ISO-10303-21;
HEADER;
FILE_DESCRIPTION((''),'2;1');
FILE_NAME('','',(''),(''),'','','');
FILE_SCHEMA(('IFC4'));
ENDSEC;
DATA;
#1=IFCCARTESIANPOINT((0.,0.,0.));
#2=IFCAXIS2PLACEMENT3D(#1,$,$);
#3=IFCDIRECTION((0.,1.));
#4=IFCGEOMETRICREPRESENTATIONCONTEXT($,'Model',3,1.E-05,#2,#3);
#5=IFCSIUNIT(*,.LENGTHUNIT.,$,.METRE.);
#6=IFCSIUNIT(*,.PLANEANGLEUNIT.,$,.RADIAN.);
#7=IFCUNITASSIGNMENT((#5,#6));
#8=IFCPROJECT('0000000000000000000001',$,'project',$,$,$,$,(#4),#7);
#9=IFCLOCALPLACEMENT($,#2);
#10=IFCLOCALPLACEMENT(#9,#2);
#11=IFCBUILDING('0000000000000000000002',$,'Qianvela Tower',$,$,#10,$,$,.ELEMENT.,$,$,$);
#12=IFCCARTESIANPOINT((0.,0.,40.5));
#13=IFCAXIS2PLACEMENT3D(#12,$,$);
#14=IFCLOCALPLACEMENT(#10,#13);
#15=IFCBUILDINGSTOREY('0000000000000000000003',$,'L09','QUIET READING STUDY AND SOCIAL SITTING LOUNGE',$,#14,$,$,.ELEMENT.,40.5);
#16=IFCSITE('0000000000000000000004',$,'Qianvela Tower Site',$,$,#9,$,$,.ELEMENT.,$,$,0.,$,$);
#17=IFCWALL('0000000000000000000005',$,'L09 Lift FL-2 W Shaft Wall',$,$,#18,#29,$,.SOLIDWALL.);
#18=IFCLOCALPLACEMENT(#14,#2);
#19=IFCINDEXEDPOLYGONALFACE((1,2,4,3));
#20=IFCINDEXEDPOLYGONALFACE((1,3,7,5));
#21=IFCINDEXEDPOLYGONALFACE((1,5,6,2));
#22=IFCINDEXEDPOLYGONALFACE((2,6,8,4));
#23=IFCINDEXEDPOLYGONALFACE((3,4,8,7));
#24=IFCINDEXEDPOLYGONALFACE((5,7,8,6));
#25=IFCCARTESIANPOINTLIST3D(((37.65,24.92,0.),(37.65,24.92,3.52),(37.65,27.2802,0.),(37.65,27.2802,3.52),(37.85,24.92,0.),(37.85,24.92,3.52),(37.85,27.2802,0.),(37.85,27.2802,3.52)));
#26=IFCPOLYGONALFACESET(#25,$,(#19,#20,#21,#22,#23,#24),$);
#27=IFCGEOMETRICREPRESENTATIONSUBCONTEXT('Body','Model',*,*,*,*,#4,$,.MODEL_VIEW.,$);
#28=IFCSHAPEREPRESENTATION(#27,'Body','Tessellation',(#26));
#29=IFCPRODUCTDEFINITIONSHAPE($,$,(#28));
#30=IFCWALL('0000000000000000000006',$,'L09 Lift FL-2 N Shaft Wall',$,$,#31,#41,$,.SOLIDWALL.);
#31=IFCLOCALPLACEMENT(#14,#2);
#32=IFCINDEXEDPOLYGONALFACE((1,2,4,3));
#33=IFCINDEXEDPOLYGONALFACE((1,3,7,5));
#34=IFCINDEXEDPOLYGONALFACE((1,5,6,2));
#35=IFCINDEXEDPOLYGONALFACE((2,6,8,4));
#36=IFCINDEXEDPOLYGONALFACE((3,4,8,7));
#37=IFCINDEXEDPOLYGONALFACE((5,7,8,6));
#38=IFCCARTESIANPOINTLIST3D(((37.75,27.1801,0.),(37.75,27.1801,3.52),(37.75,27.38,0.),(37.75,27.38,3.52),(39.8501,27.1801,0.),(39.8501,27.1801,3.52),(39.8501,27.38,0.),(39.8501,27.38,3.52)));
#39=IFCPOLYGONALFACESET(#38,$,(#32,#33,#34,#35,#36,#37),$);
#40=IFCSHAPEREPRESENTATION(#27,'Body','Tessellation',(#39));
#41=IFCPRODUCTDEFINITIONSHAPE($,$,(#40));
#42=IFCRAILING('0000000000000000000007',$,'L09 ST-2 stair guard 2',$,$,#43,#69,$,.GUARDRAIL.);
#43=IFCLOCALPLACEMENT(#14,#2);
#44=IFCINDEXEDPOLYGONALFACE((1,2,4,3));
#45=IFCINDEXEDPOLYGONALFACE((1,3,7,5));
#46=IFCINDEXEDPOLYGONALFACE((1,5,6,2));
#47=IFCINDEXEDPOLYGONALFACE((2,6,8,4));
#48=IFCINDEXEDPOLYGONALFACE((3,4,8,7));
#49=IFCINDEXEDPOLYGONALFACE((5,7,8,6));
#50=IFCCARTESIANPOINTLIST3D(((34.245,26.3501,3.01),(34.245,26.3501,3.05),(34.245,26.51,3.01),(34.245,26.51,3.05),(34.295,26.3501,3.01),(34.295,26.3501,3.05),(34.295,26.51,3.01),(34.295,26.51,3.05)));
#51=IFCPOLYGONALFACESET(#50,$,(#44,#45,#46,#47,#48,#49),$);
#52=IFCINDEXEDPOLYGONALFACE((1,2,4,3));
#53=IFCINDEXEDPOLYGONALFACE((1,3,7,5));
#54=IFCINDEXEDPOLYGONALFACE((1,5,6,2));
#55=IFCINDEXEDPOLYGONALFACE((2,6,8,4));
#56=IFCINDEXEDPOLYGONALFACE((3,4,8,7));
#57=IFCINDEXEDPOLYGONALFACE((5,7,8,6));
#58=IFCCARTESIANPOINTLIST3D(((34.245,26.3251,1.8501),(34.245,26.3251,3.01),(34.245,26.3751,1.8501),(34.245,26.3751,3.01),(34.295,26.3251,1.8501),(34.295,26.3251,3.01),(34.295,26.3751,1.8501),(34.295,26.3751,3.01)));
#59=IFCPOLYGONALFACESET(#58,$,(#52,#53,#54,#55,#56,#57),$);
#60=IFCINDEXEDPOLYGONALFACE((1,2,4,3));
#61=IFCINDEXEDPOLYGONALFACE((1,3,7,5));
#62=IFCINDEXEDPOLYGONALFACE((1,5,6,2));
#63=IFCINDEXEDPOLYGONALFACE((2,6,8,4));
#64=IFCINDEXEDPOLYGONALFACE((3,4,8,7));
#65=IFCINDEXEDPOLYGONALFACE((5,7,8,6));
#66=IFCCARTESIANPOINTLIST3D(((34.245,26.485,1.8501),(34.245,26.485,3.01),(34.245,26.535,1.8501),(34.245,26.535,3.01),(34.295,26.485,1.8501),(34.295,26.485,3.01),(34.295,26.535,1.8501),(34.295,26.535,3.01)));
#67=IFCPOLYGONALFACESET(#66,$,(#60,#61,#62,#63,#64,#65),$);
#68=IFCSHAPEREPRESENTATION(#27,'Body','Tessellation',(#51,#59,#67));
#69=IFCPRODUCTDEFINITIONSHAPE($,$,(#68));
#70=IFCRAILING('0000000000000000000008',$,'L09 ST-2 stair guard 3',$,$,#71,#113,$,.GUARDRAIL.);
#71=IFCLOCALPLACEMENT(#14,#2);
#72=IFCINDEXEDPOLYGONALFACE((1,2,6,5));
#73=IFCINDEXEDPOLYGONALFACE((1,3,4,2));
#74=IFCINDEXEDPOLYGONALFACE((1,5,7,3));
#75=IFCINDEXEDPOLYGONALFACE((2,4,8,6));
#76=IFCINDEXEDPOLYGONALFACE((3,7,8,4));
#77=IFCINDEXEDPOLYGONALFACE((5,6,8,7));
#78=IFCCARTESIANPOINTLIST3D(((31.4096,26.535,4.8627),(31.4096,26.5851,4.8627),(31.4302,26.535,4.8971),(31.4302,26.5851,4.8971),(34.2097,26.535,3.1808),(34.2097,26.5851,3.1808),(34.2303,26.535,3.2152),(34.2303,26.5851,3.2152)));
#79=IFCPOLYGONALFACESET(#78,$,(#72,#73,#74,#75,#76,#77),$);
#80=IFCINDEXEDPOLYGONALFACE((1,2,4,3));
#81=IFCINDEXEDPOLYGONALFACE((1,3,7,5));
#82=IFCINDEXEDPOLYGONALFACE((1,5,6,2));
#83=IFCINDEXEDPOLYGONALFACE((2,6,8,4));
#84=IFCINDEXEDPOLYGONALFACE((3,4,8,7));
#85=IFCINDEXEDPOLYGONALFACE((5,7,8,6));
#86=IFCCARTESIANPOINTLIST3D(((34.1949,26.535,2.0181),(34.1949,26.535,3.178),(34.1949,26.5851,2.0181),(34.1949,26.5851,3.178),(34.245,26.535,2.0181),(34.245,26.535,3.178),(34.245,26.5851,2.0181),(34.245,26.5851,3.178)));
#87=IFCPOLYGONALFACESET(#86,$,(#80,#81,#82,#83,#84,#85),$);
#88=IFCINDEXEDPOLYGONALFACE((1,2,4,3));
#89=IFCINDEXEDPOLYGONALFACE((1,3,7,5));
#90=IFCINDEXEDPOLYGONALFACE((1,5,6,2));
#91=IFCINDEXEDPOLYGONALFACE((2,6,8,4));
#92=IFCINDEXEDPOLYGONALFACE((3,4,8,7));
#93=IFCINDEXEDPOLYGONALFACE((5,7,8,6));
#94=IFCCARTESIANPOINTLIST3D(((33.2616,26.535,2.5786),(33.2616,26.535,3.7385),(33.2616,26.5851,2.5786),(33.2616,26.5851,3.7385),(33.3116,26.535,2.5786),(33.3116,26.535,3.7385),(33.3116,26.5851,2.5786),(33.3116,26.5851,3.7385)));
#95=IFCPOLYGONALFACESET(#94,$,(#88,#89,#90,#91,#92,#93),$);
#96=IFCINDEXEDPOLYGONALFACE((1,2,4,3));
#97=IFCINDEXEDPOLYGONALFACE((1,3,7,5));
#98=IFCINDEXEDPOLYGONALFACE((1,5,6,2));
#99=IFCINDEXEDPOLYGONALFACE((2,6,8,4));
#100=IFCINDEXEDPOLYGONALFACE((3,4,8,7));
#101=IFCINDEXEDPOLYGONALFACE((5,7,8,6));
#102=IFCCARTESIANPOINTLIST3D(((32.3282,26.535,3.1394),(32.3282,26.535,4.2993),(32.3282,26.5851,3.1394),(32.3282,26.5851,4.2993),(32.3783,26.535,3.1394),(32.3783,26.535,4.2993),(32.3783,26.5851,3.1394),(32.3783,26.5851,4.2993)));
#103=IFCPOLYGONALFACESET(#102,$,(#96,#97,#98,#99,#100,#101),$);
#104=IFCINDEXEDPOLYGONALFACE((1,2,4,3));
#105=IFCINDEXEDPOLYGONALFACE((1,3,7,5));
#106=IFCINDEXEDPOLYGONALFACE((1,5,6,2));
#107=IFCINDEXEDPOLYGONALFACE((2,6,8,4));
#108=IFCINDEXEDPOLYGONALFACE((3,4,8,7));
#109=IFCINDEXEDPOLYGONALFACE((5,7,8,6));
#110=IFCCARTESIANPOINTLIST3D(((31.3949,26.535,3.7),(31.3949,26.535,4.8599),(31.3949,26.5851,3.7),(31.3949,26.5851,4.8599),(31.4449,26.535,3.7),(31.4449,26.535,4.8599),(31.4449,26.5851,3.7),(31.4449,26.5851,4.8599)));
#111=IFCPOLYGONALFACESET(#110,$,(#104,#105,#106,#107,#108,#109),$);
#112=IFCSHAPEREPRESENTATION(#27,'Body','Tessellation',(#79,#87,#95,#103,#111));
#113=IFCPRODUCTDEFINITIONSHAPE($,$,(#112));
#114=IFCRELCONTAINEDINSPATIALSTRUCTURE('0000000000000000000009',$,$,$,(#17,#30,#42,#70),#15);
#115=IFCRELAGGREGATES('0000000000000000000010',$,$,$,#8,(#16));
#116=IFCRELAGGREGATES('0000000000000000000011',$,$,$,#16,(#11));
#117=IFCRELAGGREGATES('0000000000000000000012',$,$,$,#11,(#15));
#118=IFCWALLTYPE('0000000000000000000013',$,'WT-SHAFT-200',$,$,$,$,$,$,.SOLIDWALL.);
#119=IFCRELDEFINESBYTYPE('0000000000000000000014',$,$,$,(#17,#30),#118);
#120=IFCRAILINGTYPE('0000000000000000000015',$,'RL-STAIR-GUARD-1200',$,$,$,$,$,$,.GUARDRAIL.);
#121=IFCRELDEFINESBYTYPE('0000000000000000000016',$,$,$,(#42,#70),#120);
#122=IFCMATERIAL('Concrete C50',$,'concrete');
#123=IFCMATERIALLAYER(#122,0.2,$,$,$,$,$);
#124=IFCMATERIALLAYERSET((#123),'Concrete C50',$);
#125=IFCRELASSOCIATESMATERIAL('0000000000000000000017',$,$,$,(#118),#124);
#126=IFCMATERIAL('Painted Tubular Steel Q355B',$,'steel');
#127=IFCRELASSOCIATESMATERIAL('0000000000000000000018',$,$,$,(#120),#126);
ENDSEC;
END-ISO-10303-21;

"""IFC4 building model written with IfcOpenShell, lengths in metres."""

from ifc_helpers import new_model, si_unit, direction, frame, frame_2d, origin, origin_2d, place, context, subcontext, project, spatial, rectangle, extrude, material, layer, layer_set, type_object, element, save


model = new_model("IFC4")

# Units and contexts
model_context = context("Model", 3, precision=1e-05, world=origin(), true_north=direction((0.0, 1.0)))
body_context = subcontext(model_context, "Body", "Model", "MODEL_VIEW")
ifc_project = project(units=[si_unit("LENGTHUNIT", "METRE"), si_unit("PLANEANGLEUNIT", "RADIAN")], contexts=[model_context])

# Site, building, storey
site_placement = place(None, origin())
site = spatial("IfcSite", under=ifc_project, at=site_placement, Name="Qianvela Tower Site", CompositionType="ELEMENT", RefElevation=0.0)
building_placement = place(site_placement, origin())
building = spatial("IfcBuilding", under=site, at=building_placement, Name="Qianvela Tower", CompositionType="ELEMENT")
storey_placement = place(building_placement, frame((0.0, 0.0, 40.5)))
storey = spatial("IfcBuildingStorey", under=building, at=storey_placement, Name="L09", Description="QUIET READING STUDY AND SOCIAL SITTING LOUNGE", CompositionType="ELEMENT", Elevation=40.5)

# Shared definitions
ifc_material_1 = material(Name="Concrete C50", Category="concrete")
ifc_layer_1 = layer(ifc_material_1, 0.2)
ifc_layer_set_1 = layer_set([ifc_layer_1], Name="Concrete C50")
wall_type_1 = type_object("IfcWallType", Name="WT-SHAFT-200", PredefinedType="SOLIDWALL", material=ifc_layer_set_1)

# Walls
wall_1_placement = place(storey_placement, frame((37.75, 24.9199, 0.0), z_axis=(0.0, 0.0, 1.0), x_axis=(0.0, 1.0, 0.0)))
element("IfcWall", 1, at=wall_1_placement, inside=storey, type_object=wall_type_1, Name="L09 Lift FL-2 W Shaft Wall", PredefinedType="SOLIDWALL", context=body_context, shape_type="SweptSolid", body=[
    extrude(rectangle(XDim=2.3601, YDim=0.2, at=frame_2d((1.1802, 0.0))), origin(), (0.0, 0.0, 1.0), 3.52),
])
wall_2_placement = place(storey_placement, frame((37.75, 27.28, 0.0), z_axis=(0.0, 0.0, 1.0), x_axis=(1.0, 0.0, 0.0)))
element("IfcWall", 2, at=wall_2_placement, inside=storey, type_object=wall_type_1, Name="L09 Lift FL-2 N Shaft Wall", PredefinedType="SOLIDWALL", context=body_context, shape_type="SweptSolid", body=[
    extrude(rectangle(XDim=2.1001, YDim=0.2, at=frame_2d((1.05, 0.0))), origin(), (0.0, 0.0, 1.0), 3.52),
])

# Railings
ifc_material_2 = material(Name="Painted Tubular Steel Q355B", Category="steel")
railing_type = type_object("IfcRailingType", Name="RL-STAIR-GUARD-1200", PredefinedType="GUARDRAIL", material=ifc_material_2)
railing_1_placement = place(storey_placement, frame((34.27, 26.3501, 1.8501)))
element("IfcRailing", 3, at=railing_1_placement, inside=storey, type_object=railing_type, Name="L09 ST-2 stair guard 2", PredefinedType="GUARDRAIL", context=body_context, shape_type="SweptSolid", body=[
    extrude(rectangle(XDim=0.05, YDim=0.04, at=origin_2d()), frame((0.0, 0.0, 1.1799), z_axis=(0.0, 1.0, 0.0), x_axis=(-1.0, 0.0, 0.0)), (0.0, 0.0, 1.0), 0.1599),
    extrude(rectangle(XDim=0.05, YDim=0.05, at=origin_2d()), origin(), (0.0, 0.0, 1.0), 1.1599),
    extrude(rectangle(XDim=0.05, YDim=0.05, at=origin_2d()), frame((0.0, 0.1599, 0.0)), (0.0, 0.0, 1.0), 1.1599),
])
railing_2_placement = place(storey_placement, frame((34.22, 26.5601, 2.0181)))
element("IfcRailing", 4, at=railing_2_placement, inside=storey, type_object=railing_type, Name="L09 ST-2 stair guard 3", PredefinedType="GUARDRAIL", context=body_context, shape_type="SweptSolid", body=[
    extrude(rectangle(XDim=0.05, YDim=0.04, at=origin_2d()), frame((0.0, 0.0, 1.1799), z_axis=(-0.857242, 0.0, 0.514913), x_axis=(0.0, -1.0, 0.0)), (0.0, 0.0, 1.0), 3.2664),
    extrude(rectangle(XDim=0.05, YDim=0.05, at=origin_2d()), origin(), (0.0, 0.0, 1.0), 1.1599),
    extrude(rectangle(XDim=0.05, YDim=0.05, at=origin_2d()), frame((-0.9333, 0.0, 0.5605)), (0.0, 0.0, 1.0), 1.1599),
    extrude(rectangle(XDim=0.05, YDim=0.05, at=origin_2d()), frame((-1.8667, 0.0, 1.1213)), (0.0, 0.0, 1.0), 1.1599),
    extrude(rectangle(XDim=0.05, YDim=0.05, at=origin_2d()), frame((-2.8, 0.0, 1.6819)), (0.0, 0.0, 1.0), 1.1599),
])

save(model, "model.ifc")
